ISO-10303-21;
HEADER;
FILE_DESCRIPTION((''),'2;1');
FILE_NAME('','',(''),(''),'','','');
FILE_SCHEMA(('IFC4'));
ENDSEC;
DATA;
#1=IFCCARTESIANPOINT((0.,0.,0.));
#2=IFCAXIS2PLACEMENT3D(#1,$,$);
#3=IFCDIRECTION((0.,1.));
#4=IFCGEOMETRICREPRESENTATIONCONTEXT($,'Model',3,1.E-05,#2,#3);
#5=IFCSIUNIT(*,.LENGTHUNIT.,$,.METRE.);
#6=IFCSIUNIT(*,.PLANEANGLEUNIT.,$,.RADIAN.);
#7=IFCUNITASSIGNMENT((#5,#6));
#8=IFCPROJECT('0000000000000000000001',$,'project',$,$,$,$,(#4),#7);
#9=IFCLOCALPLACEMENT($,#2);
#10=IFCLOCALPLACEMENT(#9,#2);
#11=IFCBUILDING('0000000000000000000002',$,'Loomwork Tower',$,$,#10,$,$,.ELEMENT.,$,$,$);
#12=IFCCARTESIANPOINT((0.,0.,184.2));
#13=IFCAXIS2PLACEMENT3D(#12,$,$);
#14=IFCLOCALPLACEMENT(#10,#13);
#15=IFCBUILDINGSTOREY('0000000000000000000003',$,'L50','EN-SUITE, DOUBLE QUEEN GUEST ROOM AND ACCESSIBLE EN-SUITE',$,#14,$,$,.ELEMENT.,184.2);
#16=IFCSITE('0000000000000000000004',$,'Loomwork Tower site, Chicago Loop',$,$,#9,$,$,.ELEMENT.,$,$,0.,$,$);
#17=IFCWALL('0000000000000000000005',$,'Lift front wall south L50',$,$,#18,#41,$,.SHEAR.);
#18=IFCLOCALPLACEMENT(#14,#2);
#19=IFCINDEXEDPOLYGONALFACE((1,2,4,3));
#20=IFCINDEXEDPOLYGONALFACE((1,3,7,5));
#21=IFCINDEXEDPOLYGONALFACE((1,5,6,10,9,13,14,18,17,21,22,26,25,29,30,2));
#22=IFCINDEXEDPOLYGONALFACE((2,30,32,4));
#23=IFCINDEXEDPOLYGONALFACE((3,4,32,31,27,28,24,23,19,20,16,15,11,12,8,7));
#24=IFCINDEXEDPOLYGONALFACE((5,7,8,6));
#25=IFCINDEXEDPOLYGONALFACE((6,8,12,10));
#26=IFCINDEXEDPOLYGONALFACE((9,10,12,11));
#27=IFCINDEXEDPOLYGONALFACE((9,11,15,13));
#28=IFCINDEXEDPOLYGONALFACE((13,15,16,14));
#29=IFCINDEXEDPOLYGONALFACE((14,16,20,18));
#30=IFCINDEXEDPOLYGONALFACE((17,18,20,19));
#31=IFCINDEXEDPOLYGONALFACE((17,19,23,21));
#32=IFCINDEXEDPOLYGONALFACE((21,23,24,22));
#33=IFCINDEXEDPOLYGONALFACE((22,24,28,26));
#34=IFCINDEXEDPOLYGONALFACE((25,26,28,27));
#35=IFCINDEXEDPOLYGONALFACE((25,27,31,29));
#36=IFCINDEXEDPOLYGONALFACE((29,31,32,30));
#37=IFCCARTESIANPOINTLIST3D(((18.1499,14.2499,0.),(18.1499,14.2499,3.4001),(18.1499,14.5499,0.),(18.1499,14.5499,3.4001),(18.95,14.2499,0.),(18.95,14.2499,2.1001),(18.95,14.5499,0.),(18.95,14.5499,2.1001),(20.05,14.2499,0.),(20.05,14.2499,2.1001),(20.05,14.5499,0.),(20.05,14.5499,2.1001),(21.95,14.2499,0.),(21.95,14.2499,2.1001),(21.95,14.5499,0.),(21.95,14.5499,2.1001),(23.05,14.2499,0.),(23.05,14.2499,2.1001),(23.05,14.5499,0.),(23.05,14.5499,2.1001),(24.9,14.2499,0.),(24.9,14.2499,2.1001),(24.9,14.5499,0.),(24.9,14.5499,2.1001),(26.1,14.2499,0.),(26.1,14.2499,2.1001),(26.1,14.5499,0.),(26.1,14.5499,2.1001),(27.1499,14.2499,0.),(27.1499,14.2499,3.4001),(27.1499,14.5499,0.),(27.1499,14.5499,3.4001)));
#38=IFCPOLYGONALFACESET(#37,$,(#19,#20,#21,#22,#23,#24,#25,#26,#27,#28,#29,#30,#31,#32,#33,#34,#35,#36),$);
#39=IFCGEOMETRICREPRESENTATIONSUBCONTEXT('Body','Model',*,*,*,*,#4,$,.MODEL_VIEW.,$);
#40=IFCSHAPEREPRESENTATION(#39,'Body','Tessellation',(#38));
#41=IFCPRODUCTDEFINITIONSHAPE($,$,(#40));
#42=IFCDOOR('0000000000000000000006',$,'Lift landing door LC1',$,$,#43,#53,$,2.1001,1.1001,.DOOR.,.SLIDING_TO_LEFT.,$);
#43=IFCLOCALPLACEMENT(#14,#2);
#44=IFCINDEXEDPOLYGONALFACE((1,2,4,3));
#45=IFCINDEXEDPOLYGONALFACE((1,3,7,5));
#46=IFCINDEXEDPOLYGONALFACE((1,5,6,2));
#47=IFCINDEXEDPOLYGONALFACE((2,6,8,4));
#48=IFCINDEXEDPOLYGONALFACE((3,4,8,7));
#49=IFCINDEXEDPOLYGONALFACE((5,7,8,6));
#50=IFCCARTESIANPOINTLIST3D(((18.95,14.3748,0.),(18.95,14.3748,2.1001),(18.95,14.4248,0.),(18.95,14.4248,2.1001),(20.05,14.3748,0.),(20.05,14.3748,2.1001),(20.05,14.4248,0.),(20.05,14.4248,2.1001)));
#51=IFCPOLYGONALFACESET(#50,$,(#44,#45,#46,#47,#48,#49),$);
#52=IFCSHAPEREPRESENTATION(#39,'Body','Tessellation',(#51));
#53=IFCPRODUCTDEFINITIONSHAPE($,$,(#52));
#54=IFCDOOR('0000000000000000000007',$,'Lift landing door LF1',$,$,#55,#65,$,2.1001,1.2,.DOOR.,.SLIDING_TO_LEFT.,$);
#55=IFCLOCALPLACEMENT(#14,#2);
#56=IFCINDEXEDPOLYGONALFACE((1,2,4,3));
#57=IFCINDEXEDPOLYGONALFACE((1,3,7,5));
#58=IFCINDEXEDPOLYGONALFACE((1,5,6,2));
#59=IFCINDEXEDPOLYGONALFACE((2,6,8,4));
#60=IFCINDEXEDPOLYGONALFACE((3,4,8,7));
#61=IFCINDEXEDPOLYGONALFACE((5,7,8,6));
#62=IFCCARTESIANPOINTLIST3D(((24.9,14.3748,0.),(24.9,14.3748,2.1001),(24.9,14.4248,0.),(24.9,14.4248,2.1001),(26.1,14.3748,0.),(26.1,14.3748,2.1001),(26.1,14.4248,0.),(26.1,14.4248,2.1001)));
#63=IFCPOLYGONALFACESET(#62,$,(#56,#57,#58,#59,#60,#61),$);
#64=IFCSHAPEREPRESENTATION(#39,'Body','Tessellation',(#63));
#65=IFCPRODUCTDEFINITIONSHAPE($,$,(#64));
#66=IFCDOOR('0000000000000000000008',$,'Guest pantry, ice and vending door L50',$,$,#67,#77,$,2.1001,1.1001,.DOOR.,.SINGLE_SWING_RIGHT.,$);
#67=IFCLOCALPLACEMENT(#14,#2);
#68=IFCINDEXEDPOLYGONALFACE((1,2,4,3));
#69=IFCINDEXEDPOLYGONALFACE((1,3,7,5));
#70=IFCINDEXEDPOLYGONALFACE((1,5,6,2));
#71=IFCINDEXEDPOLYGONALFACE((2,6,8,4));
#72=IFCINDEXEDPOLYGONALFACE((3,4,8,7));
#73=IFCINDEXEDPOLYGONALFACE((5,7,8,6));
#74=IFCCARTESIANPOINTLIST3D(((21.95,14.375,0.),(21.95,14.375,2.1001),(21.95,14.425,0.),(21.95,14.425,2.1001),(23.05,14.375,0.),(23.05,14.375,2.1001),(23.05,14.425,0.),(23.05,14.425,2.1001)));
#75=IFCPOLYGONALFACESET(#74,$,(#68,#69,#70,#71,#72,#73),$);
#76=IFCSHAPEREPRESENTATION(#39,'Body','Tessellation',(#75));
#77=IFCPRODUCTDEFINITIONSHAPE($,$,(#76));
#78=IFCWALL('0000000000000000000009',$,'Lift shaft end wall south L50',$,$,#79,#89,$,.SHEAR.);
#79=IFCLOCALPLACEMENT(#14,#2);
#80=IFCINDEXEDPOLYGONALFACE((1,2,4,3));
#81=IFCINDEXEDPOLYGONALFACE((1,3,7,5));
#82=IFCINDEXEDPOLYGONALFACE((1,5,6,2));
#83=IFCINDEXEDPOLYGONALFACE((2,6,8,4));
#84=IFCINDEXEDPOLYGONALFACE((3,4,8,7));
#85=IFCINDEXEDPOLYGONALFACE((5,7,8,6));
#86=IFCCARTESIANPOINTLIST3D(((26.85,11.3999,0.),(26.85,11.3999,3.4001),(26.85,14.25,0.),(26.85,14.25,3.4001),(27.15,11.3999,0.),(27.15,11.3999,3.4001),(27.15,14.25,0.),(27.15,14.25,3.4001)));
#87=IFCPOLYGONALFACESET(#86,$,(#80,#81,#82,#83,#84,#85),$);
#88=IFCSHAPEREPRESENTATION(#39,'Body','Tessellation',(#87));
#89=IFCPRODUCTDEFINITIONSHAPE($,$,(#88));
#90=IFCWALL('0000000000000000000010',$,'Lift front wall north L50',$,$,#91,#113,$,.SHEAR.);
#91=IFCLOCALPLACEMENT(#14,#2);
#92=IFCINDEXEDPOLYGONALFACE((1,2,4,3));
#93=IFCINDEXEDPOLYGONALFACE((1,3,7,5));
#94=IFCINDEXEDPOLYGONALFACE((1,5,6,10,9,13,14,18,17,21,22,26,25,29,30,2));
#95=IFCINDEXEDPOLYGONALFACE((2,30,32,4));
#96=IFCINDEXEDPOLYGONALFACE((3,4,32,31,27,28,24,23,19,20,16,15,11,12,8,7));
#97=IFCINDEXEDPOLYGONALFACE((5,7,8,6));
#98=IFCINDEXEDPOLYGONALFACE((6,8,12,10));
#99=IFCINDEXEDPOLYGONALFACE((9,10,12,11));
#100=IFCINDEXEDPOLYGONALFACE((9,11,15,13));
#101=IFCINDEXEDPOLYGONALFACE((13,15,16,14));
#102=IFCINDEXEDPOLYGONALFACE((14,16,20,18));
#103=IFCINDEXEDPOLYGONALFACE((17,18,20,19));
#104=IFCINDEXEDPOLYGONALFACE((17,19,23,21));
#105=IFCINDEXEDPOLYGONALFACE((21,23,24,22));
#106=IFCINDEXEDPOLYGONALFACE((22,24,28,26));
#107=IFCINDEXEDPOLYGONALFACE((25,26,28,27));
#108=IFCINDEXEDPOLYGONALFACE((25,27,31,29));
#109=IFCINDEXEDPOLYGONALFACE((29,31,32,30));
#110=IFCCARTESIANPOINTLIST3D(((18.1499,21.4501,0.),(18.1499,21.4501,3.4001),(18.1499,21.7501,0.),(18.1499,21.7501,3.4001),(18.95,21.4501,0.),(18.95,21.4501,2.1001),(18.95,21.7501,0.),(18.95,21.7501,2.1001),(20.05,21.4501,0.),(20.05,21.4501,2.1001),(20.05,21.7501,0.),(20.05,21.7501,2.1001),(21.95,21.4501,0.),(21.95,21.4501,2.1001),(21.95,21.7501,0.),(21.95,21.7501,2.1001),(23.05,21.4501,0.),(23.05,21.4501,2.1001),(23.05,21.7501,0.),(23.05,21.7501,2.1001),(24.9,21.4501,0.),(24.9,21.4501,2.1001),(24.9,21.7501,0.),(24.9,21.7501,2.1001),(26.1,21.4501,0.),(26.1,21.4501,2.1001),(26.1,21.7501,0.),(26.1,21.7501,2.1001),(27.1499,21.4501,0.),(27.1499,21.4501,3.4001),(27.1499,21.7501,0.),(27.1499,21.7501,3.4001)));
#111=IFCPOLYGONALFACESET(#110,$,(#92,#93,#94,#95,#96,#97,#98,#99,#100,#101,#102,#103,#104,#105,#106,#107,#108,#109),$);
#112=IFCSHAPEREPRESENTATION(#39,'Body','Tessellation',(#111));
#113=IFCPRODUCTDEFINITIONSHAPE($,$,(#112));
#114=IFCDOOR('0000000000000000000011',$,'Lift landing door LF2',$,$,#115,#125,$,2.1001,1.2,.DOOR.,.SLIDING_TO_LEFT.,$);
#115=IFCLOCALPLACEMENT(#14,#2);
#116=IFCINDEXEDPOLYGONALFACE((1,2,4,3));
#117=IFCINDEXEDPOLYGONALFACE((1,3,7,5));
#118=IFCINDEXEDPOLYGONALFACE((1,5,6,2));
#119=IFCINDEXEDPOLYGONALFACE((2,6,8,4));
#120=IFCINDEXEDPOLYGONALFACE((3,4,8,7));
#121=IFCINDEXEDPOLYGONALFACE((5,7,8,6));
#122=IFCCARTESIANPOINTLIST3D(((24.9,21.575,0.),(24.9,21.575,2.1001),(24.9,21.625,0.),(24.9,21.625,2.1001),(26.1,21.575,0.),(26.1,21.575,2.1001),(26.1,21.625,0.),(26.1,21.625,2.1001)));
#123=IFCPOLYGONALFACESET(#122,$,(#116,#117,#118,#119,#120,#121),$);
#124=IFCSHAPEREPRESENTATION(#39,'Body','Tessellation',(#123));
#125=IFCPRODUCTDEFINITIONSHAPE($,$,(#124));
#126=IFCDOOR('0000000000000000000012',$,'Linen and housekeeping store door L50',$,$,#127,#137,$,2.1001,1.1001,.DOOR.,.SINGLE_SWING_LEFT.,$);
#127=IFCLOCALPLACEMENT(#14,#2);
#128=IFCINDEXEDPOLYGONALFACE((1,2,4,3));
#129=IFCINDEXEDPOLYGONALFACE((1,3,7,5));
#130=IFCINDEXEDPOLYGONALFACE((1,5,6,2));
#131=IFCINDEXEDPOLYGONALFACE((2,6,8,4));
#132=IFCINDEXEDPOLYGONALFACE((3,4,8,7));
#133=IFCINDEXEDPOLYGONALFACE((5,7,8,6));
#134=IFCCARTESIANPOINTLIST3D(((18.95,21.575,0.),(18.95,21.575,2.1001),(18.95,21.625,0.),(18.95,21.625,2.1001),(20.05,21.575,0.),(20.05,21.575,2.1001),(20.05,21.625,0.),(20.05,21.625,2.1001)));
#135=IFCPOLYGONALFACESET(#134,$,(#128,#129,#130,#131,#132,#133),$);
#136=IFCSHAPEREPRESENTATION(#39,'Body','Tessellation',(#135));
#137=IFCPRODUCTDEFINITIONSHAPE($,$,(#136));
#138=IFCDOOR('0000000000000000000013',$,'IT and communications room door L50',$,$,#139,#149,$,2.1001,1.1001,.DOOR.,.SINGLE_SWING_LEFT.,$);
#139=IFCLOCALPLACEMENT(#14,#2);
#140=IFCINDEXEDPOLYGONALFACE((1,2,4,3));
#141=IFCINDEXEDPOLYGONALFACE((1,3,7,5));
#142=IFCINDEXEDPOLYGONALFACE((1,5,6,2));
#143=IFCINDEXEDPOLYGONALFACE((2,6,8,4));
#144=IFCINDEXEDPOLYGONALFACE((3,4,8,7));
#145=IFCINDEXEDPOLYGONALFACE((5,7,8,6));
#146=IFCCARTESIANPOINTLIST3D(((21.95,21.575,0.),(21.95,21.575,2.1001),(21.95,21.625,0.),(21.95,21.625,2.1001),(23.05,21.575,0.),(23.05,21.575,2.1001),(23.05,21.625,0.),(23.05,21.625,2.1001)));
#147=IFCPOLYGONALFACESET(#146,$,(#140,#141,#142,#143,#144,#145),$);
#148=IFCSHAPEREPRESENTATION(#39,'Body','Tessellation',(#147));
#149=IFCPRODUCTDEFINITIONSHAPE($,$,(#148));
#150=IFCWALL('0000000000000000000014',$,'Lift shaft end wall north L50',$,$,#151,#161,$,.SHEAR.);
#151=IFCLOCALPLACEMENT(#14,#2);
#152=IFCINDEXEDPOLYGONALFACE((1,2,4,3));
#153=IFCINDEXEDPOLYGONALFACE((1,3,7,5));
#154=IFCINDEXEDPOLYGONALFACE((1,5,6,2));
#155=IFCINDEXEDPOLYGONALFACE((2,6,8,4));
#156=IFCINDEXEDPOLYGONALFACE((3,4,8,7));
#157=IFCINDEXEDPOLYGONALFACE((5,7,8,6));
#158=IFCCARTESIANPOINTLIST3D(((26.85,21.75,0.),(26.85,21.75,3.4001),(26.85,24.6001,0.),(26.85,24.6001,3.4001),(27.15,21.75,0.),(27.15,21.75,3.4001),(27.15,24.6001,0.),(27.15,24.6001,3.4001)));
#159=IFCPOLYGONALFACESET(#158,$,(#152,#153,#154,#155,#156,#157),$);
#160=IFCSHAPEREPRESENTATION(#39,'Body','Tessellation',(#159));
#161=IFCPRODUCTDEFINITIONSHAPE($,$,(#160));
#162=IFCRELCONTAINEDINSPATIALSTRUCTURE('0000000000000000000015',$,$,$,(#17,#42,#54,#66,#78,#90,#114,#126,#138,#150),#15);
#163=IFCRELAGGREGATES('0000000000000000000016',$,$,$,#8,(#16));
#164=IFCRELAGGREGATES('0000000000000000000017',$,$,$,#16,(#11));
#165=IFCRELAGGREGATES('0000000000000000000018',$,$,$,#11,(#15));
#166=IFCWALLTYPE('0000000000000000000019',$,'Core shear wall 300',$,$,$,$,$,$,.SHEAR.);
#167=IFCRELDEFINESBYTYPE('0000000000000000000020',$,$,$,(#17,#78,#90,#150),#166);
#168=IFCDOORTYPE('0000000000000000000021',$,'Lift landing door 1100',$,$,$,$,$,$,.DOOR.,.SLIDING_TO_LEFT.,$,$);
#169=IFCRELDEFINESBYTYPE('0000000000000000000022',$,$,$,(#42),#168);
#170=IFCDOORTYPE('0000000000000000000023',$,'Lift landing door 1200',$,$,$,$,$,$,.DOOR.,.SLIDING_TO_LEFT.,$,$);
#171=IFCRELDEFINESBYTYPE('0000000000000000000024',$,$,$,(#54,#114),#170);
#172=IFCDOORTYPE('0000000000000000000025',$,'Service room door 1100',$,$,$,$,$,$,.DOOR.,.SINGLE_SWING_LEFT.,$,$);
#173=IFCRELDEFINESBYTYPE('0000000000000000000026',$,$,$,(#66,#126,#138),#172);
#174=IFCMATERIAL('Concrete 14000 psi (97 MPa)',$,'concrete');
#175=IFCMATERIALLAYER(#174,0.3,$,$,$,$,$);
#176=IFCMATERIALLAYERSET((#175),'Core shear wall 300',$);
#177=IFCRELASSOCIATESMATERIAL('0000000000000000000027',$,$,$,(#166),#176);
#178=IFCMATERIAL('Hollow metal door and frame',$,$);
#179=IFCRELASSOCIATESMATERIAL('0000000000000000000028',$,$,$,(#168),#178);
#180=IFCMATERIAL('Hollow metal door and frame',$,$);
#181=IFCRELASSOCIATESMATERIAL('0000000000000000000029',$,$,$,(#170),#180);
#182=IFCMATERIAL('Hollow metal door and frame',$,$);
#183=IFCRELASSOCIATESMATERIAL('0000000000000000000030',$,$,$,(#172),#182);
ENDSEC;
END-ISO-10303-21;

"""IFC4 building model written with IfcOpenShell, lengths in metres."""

from ifc_helpers import new_model, si_unit, direction, frame, frame_2d, origin, place, context, subcontext, project, spatial, rectangle, extrude, material, layer, layer_set, type_object, element, fill, save


model = new_model("IFC4")

# Units and contexts
model_context = context("Model", 3, precision=1e-05, world=origin(), true_north=direction((0.0, 1.0)))
body_context = subcontext(model_context, "Body", "Model", "MODEL_VIEW")
ifc_project = project(units=[si_unit("LENGTHUNIT", "METRE"), si_unit("PLANEANGLEUNIT", "RADIAN")], contexts=[model_context])

# Site, building, storey
site_placement = place(None, origin())
site = spatial("IfcSite", under=ifc_project, at=site_placement, Name="Loomwork Tower site, Chicago Loop", CompositionType="ELEMENT", RefElevation=0.0)
building_placement = place(site_placement, origin())
building = spatial("IfcBuilding", under=site, at=building_placement, Name="Loomwork Tower", CompositionType="ELEMENT")
storey_placement = place(building_placement, frame((0.0, 0.0, 184.2)))
storey = spatial("IfcBuildingStorey", under=building, at=storey_placement, Name="L50", Description="EN-SUITE, DOUBLE QUEEN GUEST ROOM AND ACCESSIBLE EN-SUITE", CompositionType="ELEMENT", Elevation=184.2)

# Wall, openings, doors
ifc_material_1 = material(Name="Concrete 14000 psi (97 MPa)", Category="concrete")
ifc_layer_1 = layer(ifc_material_1, 0.3)
ifc_layer_set_1 = layer_set([ifc_layer_1], Name="Core shear wall 300")
wall_type_1 = type_object("IfcWallType", Name="Core shear wall 300", PredefinedType="SHEAR", material=ifc_layer_set_1)
wall_1_placement = place(storey_placement, frame((18.1499, 14.3999, 0.0), z_axis=(0.0, 0.0, 1.0), x_axis=(1.0, 0.0, 0.0)))
wall_1 = element("IfcWall", 1, at=wall_1_placement, inside=storey, type_object=wall_type_1, Name="Lift front wall south L50", PredefinedType="SHEAR", context=body_context, shape_type="SweptSolid", body=[
    extrude(rectangle(XDim=9.0, YDim=0.3, at=frame_2d((4.5, 0.0))), origin(), (0.0, 0.0, 1.0), 3.4001),
])
opening_1_placement = place(wall_1_placement, frame((0.8, 0.0, 0.0)))
opening_1 = element("IfcOpeningElement", 2, at=opening_1_placement, cuts=wall_1, PredefinedType="OPENING", context=body_context, shape_type="SweptSolid", body=[
    extrude(rectangle(XDim=1.1001, YDim=2.1001, at=frame_2d((0.55, 1.05))), frame((0.0, 0.1599, 0.0), z_axis=(0.0, -1.0, 0.0), x_axis=(1.0, 0.0, 0.0)), (0.0, 0.0, 1.0), 0.3201),
])
opening_2_placement = place(wall_1_placement, frame((6.75, 0.0, 0.0)))
opening_2 = element("IfcOpeningElement", 3, at=opening_2_placement, cuts=wall_1, PredefinedType="OPENING", context=body_context, shape_type="SweptSolid", body=[
    extrude(rectangle(XDim=1.2, YDim=2.1001, at=frame_2d((0.6001, 1.05))), frame((0.0, 0.1599, 0.0), z_axis=(0.0, -1.0, 0.0), x_axis=(1.0, 0.0, 0.0)), (0.0, 0.0, 1.0), 0.3201),
])
opening_3_placement = place(wall_1_placement, frame((3.8, 0.0, 0.0)))
opening_3 = element("IfcOpeningElement", 4, at=opening_3_placement, cuts=wall_1, PredefinedType="OPENING", context=body_context, shape_type="SweptSolid", body=[
    extrude(rectangle(XDim=1.1001, YDim=2.1001, at=frame_2d((0.55, 1.05))), frame((0.0, 0.1599, 0.0), z_axis=(0.0, -1.0, 0.0), x_axis=(1.0, 0.0, 0.0)), (0.0, 0.0, 1.0), 0.3201),
])
ifc_material_2 = material(Name="Hollow metal door and frame")
door_type_1 = type_object("IfcDoorType", Name="Lift landing door 1100", OperationType="SLIDING_TO_LEFT", PredefinedType="DOOR", material=ifc_material_2)
door_1_placement = place(opening_1_placement, origin())
door_1 = element("IfcDoor", 5, at=door_1_placement, inside=storey, type_object=door_type_1, Name="Lift landing door LC1", OperationType="SLIDING_TO_LEFT", OverallHeight=2.1001, OverallWidth=1.1001, PredefinedType="DOOR", context=body_context, shape_type="SweptSolid", body=[
    extrude(rectangle(XDim=1.1001, YDim=2.1001, at=frame_2d((0.55, 1.05))), frame((0.0, 0.0249, 0.0), z_axis=(0.0, -1.0, 0.0), x_axis=(1.0, 0.0, 0.0)), (0.0, 0.0, 1.0), 0.05),
])
fill(opening_1, door_1)
ifc_material_3 = material(Name="Hollow metal door and frame")
door_type_2 = type_object("IfcDoorType", Name="Lift landing door 1200", OperationType="SLIDING_TO_LEFT", PredefinedType="DOOR", material=ifc_material_3)
door_2_placement = place(opening_2_placement, origin())
door_2 = element("IfcDoor", 6, at=door_2_placement, inside=storey, type_object=door_type_2, Name="Lift landing door LF1", OperationType="SLIDING_TO_LEFT", OverallHeight=2.1001, OverallWidth=1.2, PredefinedType="DOOR", context=body_context, shape_type="SweptSolid", body=[
    extrude(rectangle(XDim=1.2, YDim=2.1001, at=frame_2d((0.6001, 1.05))), frame((0.0, 0.0249, 0.0), z_axis=(0.0, -1.0, 0.0), x_axis=(1.0, 0.0, 0.0)), (0.0, 0.0, 1.0), 0.05),
])
fill(opening_2, door_2)
ifc_material_4 = material(Name="Hollow metal door and frame")
door_type_3 = type_object("IfcDoorType", Name="Service room door 1100", OperationType="SINGLE_SWING_LEFT", PredefinedType="DOOR", material=ifc_material_4)
door_3_placement = place(opening_3_placement, frame((1.1001, 0.0, 0.0), z_axis=(0.0, 0.0, 1.0), x_axis=(-1.0, 0.0, 0.0)))
door_3 = element("IfcDoor", 7, at=door_3_placement, inside=storey, type_object=door_type_3, Name="Guest pantry, ice and vending door L50", OperationType="SINGLE_SWING_RIGHT", OverallHeight=2.1001, OverallWidth=1.1001, PredefinedType="DOOR", context=body_context, shape_type="SweptSolid", body=[
    extrude(rectangle(XDim=1.1001, YDim=2.1001, at=frame_2d((0.55, 1.05))), frame((0.0, 0.0249, 0.0), z_axis=(0.0, -1.0, 0.0), x_axis=(1.0, 0.0, 0.0)), (0.0, 0.0, 1.0), 0.05),
])
fill(opening_3, door_3)

# Wall
wall_2_placement = place(storey_placement, frame((27.0, 11.3999, 0.0), z_axis=(0.0, 0.0, 1.0), x_axis=(0.0, 1.0, 0.0)))
element("IfcWall", 8, at=wall_2_placement, inside=storey, type_object=wall_type_1, Name="Lift shaft end wall south L50", PredefinedType="SHEAR", context=body_context, shape_type="SweptSolid", body=[
    extrude(rectangle(XDim=2.8501, YDim=0.3, at=frame_2d((1.425, 0.0))), origin(), (0.0, 0.0, 1.0), 3.4001),
])

# Wall, openings, doors
wall_3_placement = place(storey_placement, frame((18.1499, 21.6001, 0.0), z_axis=(0.0, 0.0, 1.0), x_axis=(1.0, 0.0, 0.0)))
wall_3 = element("IfcWall", 9, at=wall_3_placement, inside=storey, type_object=wall_type_1, Name="Lift front wall north L50", PredefinedType="SHEAR", context=body_context, shape_type="SweptSolid", body=[
    extrude(rectangle(XDim=9.0, YDim=0.3, at=frame_2d((4.5, 0.0))), origin(), (0.0, 0.0, 1.0), 3.4001),
])
opening_4_placement = place(wall_3_placement, frame((6.75, 0.0, 0.0)))
opening_4 = element("IfcOpeningElement", 10, at=opening_4_placement, cuts=wall_3, PredefinedType="OPENING", context=body_context, shape_type="SweptSolid", body=[
    extrude(rectangle(XDim=1.2, YDim=2.1001, at=frame_2d((0.6001, 1.05))), frame((0.0, 0.1599, 0.0), z_axis=(0.0, -1.0, 0.0), x_axis=(1.0, 0.0, 0.0)), (0.0, 0.0, 1.0), 0.3201),
])
opening_5_placement = place(wall_3_placement, frame((0.8, 0.0, 0.0)))
opening_5 = element("IfcOpeningElement", 11, at=opening_5_placement, cuts=wall_3, PredefinedType="OPENING", context=body_context, shape_type="SweptSolid", body=[
    extrude(rectangle(XDim=1.1001, YDim=2.1001, at=frame_2d((0.55, 1.05))), frame((0.0, 0.1599, 0.0), z_axis=(0.0, -1.0, 0.0), x_axis=(1.0, 0.0, 0.0)), (0.0, 0.0, 1.0), 0.3201),
])
opening_6_placement = place(wall_3_placement, frame((3.8, 0.0, 0.0)))
opening_6 = element("IfcOpeningElement", 12, at=opening_6_placement, cuts=wall_3, PredefinedType="OPENING", context=body_context, shape_type="SweptSolid", body=[
    extrude(rectangle(XDim=1.1001, YDim=2.1001, at=frame_2d((0.55, 1.05))), frame((0.0, 0.1599, 0.0), z_axis=(0.0, -1.0, 0.0), x_axis=(1.0, 0.0, 0.0)), (0.0, 0.0, 1.0), 0.3201),
])
door_4_placement = place(opening_4_placement, origin())
door_4 = element("IfcDoor", 13, at=door_4_placement, inside=storey, type_object=door_type_2, Name="Lift landing door LF2", OperationType="SLIDING_TO_LEFT", OverallHeight=2.1001, OverallWidth=1.2, PredefinedType="DOOR", context=body_context, shape_type="SweptSolid", body=[
    extrude(rectangle(XDim=1.2, YDim=2.1001, at=frame_2d((0.6001, 1.05))), frame((0.0, 0.0249, 0.0), z_axis=(0.0, -1.0, 0.0), x_axis=(1.0, 0.0, 0.0)), (0.0, 0.0, 1.0), 0.05),
])
fill(opening_4, door_4)
door_5_placement = place(opening_5_placement, origin())
door_5 = element("IfcDoor", 14, at=door_5_placement, inside=storey, type_object=door_type_3, Name="Linen and housekeeping store door L50", OperationType="SINGLE_SWING_LEFT", OverallHeight=2.1001, OverallWidth=1.1001, PredefinedType="DOOR", context=body_context, shape_type="SweptSolid", body=[
    extrude(rectangle(XDim=1.1001, YDim=2.1001, at=frame_2d((0.55, 1.05))), frame((0.0, 0.0249, 0.0), z_axis=(0.0, -1.0, 0.0), x_axis=(1.0, 0.0, 0.0)), (0.0, 0.0, 1.0), 0.05),
])
fill(opening_5, door_5)
door_6_placement = place(opening_6_placement, origin())
door_6 = element("IfcDoor", 15, at=door_6_placement, inside=storey, type_object=door_type_3, Name="IT and communications room door L50", OperationType="SINGLE_SWING_LEFT", OverallHeight=2.1001, OverallWidth=1.1001, PredefinedType="DOOR", context=body_context, shape_type="SweptSolid", body=[
    extrude(rectangle(XDim=1.1001, YDim=2.1001, at=frame_2d((0.55, 1.05))), frame((0.0, 0.0249, 0.0), z_axis=(0.0, -1.0, 0.0), x_axis=(1.0, 0.0, 0.0)), (0.0, 0.0, 1.0), 0.05),
])
fill(opening_6, door_6)

# Wall
wall_4_placement = place(storey_placement, frame((27.0, 21.75, 0.0), z_axis=(0.0, 0.0, 1.0), x_axis=(0.0, 1.0, 0.0)))
element("IfcWall", 16, at=wall_4_placement, inside=storey, type_object=wall_type_1, Name="Lift shaft end wall north L50", PredefinedType="SHEAR", context=body_context, shape_type="SweptSolid", body=[
    extrude(rectangle(XDim=2.8501, YDim=0.3, at=frame_2d((1.425, 0.0))), origin(), (0.0, 0.0, 1.0), 3.4001),
])

save(model, "model.ifc")
